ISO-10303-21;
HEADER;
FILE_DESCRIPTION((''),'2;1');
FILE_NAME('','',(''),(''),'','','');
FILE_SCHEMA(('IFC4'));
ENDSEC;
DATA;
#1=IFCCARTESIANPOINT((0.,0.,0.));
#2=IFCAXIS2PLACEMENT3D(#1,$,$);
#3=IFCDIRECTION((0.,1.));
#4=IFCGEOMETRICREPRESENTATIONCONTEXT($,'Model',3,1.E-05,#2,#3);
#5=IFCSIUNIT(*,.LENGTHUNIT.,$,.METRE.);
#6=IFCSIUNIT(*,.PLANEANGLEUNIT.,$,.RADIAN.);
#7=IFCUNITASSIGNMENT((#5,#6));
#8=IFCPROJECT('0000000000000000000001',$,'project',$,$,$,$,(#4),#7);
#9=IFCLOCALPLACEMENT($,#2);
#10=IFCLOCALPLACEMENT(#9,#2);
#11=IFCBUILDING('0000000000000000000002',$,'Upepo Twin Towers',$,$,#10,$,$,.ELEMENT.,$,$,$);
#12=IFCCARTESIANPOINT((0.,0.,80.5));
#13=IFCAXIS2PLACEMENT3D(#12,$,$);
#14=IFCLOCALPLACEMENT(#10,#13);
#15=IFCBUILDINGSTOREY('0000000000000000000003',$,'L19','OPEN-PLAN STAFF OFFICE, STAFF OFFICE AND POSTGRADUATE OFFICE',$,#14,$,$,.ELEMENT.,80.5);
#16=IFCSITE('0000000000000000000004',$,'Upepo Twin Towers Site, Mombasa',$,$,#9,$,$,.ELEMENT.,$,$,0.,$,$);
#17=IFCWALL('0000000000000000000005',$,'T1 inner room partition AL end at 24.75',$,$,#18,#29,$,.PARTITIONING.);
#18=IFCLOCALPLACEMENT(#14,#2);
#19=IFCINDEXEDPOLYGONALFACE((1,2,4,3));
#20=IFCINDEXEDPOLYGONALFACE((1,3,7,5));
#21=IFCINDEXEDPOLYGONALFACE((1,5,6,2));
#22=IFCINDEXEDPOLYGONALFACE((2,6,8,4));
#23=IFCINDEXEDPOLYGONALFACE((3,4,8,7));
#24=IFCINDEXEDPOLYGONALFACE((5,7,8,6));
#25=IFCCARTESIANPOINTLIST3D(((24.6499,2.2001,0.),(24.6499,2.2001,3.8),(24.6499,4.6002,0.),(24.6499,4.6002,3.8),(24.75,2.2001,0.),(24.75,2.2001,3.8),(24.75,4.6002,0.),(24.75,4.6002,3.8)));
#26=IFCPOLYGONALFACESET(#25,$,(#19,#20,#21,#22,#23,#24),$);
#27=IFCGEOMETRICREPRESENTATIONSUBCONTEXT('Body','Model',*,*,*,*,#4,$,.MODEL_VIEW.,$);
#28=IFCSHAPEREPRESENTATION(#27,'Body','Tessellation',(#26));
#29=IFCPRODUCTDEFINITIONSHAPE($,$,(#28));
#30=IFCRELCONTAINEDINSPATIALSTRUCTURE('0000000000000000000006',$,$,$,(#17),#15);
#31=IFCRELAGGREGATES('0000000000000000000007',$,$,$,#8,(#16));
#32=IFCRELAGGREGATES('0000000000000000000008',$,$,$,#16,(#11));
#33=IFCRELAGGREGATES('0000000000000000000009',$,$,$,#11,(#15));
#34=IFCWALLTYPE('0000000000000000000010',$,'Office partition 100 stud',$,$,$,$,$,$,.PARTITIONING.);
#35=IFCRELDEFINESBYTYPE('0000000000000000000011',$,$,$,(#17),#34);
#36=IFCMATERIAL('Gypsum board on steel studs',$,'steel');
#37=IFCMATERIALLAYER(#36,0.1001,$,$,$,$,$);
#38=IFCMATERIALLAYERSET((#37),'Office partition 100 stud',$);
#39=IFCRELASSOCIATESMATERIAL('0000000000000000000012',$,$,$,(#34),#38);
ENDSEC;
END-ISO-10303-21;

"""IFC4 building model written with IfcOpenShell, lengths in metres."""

from ifc_helpers import new_model, si_unit, direction, frame, frame_2d, origin, place, context, subcontext, project, spatial, rectangle, extrude, material, layer, layer_set, type_object, element, save


model = new_model("IFC4")

# Units and contexts
model_context = context("Model", 3, precision=1e-05, world=origin(), true_north=direction((0.0, 1.0)))
body_context = subcontext(model_context, "Body", "Model", "MODEL_VIEW")
ifc_project = project(units=[si_unit("LENGTHUNIT", "METRE"), si_unit("PLANEANGLEUNIT", "RADIAN")], contexts=[model_context])

# Site, building, storey
site_placement = place(None, origin())
site = spatial("IfcSite", under=ifc_project, at=site_placement, Name="Upepo Twin Towers Site, Mombasa", CompositionType="ELEMENT", RefElevation=0.0)
building_placement = place(site_placement, origin())
building = spatial("IfcBuilding", under=site, at=building_placement, Name="Upepo Twin Towers", CompositionType="ELEMENT")
storey_placement = place(building_placement, frame((0.0, 0.0, 80.5)))
storey = spatial("IfcBuildingStorey", under=building, at=storey_placement, Name="L19", Description="OPEN-PLAN STAFF OFFICE, STAFF OFFICE AND POSTGRADUATE OFFICE", CompositionType="ELEMENT", Elevation=80.5)

# Shared definitions
ifc_material_1 = material(Name="Gypsum board on steel studs", Category="steel")
ifc_layer_1 = layer(ifc_material_1, 0.1001)
ifc_layer_set_1 = layer_set([ifc_layer_1], Name="Office partition 100 stud")
wall_type_1 = type_object("IfcWallType", Name="Office partition 100 stud", PredefinedType="PARTITIONING", material=ifc_layer_set_1)

# Wall
wall_1_placement = place(storey_placement, frame((24.7, 2.2, 0.0), z_axis=(0.0, 0.0, 1.0), x_axis=(0.0, 1.0, 0.0)))
element("IfcWall", 1, at=wall_1_placement, inside=storey, type_object=wall_type_1, Name="T1 inner room partition AL end at 24.75", PredefinedType="PARTITIONING", context=body_context, shape_type="SweptSolid", body=[
    extrude(rectangle(XDim=2.4001, YDim=0.1001, at=frame_2d((1.2002, 0.0))), origin(), (0.0, 0.0, 1.0), 3.8),
])

save(model, "model.ifc")
